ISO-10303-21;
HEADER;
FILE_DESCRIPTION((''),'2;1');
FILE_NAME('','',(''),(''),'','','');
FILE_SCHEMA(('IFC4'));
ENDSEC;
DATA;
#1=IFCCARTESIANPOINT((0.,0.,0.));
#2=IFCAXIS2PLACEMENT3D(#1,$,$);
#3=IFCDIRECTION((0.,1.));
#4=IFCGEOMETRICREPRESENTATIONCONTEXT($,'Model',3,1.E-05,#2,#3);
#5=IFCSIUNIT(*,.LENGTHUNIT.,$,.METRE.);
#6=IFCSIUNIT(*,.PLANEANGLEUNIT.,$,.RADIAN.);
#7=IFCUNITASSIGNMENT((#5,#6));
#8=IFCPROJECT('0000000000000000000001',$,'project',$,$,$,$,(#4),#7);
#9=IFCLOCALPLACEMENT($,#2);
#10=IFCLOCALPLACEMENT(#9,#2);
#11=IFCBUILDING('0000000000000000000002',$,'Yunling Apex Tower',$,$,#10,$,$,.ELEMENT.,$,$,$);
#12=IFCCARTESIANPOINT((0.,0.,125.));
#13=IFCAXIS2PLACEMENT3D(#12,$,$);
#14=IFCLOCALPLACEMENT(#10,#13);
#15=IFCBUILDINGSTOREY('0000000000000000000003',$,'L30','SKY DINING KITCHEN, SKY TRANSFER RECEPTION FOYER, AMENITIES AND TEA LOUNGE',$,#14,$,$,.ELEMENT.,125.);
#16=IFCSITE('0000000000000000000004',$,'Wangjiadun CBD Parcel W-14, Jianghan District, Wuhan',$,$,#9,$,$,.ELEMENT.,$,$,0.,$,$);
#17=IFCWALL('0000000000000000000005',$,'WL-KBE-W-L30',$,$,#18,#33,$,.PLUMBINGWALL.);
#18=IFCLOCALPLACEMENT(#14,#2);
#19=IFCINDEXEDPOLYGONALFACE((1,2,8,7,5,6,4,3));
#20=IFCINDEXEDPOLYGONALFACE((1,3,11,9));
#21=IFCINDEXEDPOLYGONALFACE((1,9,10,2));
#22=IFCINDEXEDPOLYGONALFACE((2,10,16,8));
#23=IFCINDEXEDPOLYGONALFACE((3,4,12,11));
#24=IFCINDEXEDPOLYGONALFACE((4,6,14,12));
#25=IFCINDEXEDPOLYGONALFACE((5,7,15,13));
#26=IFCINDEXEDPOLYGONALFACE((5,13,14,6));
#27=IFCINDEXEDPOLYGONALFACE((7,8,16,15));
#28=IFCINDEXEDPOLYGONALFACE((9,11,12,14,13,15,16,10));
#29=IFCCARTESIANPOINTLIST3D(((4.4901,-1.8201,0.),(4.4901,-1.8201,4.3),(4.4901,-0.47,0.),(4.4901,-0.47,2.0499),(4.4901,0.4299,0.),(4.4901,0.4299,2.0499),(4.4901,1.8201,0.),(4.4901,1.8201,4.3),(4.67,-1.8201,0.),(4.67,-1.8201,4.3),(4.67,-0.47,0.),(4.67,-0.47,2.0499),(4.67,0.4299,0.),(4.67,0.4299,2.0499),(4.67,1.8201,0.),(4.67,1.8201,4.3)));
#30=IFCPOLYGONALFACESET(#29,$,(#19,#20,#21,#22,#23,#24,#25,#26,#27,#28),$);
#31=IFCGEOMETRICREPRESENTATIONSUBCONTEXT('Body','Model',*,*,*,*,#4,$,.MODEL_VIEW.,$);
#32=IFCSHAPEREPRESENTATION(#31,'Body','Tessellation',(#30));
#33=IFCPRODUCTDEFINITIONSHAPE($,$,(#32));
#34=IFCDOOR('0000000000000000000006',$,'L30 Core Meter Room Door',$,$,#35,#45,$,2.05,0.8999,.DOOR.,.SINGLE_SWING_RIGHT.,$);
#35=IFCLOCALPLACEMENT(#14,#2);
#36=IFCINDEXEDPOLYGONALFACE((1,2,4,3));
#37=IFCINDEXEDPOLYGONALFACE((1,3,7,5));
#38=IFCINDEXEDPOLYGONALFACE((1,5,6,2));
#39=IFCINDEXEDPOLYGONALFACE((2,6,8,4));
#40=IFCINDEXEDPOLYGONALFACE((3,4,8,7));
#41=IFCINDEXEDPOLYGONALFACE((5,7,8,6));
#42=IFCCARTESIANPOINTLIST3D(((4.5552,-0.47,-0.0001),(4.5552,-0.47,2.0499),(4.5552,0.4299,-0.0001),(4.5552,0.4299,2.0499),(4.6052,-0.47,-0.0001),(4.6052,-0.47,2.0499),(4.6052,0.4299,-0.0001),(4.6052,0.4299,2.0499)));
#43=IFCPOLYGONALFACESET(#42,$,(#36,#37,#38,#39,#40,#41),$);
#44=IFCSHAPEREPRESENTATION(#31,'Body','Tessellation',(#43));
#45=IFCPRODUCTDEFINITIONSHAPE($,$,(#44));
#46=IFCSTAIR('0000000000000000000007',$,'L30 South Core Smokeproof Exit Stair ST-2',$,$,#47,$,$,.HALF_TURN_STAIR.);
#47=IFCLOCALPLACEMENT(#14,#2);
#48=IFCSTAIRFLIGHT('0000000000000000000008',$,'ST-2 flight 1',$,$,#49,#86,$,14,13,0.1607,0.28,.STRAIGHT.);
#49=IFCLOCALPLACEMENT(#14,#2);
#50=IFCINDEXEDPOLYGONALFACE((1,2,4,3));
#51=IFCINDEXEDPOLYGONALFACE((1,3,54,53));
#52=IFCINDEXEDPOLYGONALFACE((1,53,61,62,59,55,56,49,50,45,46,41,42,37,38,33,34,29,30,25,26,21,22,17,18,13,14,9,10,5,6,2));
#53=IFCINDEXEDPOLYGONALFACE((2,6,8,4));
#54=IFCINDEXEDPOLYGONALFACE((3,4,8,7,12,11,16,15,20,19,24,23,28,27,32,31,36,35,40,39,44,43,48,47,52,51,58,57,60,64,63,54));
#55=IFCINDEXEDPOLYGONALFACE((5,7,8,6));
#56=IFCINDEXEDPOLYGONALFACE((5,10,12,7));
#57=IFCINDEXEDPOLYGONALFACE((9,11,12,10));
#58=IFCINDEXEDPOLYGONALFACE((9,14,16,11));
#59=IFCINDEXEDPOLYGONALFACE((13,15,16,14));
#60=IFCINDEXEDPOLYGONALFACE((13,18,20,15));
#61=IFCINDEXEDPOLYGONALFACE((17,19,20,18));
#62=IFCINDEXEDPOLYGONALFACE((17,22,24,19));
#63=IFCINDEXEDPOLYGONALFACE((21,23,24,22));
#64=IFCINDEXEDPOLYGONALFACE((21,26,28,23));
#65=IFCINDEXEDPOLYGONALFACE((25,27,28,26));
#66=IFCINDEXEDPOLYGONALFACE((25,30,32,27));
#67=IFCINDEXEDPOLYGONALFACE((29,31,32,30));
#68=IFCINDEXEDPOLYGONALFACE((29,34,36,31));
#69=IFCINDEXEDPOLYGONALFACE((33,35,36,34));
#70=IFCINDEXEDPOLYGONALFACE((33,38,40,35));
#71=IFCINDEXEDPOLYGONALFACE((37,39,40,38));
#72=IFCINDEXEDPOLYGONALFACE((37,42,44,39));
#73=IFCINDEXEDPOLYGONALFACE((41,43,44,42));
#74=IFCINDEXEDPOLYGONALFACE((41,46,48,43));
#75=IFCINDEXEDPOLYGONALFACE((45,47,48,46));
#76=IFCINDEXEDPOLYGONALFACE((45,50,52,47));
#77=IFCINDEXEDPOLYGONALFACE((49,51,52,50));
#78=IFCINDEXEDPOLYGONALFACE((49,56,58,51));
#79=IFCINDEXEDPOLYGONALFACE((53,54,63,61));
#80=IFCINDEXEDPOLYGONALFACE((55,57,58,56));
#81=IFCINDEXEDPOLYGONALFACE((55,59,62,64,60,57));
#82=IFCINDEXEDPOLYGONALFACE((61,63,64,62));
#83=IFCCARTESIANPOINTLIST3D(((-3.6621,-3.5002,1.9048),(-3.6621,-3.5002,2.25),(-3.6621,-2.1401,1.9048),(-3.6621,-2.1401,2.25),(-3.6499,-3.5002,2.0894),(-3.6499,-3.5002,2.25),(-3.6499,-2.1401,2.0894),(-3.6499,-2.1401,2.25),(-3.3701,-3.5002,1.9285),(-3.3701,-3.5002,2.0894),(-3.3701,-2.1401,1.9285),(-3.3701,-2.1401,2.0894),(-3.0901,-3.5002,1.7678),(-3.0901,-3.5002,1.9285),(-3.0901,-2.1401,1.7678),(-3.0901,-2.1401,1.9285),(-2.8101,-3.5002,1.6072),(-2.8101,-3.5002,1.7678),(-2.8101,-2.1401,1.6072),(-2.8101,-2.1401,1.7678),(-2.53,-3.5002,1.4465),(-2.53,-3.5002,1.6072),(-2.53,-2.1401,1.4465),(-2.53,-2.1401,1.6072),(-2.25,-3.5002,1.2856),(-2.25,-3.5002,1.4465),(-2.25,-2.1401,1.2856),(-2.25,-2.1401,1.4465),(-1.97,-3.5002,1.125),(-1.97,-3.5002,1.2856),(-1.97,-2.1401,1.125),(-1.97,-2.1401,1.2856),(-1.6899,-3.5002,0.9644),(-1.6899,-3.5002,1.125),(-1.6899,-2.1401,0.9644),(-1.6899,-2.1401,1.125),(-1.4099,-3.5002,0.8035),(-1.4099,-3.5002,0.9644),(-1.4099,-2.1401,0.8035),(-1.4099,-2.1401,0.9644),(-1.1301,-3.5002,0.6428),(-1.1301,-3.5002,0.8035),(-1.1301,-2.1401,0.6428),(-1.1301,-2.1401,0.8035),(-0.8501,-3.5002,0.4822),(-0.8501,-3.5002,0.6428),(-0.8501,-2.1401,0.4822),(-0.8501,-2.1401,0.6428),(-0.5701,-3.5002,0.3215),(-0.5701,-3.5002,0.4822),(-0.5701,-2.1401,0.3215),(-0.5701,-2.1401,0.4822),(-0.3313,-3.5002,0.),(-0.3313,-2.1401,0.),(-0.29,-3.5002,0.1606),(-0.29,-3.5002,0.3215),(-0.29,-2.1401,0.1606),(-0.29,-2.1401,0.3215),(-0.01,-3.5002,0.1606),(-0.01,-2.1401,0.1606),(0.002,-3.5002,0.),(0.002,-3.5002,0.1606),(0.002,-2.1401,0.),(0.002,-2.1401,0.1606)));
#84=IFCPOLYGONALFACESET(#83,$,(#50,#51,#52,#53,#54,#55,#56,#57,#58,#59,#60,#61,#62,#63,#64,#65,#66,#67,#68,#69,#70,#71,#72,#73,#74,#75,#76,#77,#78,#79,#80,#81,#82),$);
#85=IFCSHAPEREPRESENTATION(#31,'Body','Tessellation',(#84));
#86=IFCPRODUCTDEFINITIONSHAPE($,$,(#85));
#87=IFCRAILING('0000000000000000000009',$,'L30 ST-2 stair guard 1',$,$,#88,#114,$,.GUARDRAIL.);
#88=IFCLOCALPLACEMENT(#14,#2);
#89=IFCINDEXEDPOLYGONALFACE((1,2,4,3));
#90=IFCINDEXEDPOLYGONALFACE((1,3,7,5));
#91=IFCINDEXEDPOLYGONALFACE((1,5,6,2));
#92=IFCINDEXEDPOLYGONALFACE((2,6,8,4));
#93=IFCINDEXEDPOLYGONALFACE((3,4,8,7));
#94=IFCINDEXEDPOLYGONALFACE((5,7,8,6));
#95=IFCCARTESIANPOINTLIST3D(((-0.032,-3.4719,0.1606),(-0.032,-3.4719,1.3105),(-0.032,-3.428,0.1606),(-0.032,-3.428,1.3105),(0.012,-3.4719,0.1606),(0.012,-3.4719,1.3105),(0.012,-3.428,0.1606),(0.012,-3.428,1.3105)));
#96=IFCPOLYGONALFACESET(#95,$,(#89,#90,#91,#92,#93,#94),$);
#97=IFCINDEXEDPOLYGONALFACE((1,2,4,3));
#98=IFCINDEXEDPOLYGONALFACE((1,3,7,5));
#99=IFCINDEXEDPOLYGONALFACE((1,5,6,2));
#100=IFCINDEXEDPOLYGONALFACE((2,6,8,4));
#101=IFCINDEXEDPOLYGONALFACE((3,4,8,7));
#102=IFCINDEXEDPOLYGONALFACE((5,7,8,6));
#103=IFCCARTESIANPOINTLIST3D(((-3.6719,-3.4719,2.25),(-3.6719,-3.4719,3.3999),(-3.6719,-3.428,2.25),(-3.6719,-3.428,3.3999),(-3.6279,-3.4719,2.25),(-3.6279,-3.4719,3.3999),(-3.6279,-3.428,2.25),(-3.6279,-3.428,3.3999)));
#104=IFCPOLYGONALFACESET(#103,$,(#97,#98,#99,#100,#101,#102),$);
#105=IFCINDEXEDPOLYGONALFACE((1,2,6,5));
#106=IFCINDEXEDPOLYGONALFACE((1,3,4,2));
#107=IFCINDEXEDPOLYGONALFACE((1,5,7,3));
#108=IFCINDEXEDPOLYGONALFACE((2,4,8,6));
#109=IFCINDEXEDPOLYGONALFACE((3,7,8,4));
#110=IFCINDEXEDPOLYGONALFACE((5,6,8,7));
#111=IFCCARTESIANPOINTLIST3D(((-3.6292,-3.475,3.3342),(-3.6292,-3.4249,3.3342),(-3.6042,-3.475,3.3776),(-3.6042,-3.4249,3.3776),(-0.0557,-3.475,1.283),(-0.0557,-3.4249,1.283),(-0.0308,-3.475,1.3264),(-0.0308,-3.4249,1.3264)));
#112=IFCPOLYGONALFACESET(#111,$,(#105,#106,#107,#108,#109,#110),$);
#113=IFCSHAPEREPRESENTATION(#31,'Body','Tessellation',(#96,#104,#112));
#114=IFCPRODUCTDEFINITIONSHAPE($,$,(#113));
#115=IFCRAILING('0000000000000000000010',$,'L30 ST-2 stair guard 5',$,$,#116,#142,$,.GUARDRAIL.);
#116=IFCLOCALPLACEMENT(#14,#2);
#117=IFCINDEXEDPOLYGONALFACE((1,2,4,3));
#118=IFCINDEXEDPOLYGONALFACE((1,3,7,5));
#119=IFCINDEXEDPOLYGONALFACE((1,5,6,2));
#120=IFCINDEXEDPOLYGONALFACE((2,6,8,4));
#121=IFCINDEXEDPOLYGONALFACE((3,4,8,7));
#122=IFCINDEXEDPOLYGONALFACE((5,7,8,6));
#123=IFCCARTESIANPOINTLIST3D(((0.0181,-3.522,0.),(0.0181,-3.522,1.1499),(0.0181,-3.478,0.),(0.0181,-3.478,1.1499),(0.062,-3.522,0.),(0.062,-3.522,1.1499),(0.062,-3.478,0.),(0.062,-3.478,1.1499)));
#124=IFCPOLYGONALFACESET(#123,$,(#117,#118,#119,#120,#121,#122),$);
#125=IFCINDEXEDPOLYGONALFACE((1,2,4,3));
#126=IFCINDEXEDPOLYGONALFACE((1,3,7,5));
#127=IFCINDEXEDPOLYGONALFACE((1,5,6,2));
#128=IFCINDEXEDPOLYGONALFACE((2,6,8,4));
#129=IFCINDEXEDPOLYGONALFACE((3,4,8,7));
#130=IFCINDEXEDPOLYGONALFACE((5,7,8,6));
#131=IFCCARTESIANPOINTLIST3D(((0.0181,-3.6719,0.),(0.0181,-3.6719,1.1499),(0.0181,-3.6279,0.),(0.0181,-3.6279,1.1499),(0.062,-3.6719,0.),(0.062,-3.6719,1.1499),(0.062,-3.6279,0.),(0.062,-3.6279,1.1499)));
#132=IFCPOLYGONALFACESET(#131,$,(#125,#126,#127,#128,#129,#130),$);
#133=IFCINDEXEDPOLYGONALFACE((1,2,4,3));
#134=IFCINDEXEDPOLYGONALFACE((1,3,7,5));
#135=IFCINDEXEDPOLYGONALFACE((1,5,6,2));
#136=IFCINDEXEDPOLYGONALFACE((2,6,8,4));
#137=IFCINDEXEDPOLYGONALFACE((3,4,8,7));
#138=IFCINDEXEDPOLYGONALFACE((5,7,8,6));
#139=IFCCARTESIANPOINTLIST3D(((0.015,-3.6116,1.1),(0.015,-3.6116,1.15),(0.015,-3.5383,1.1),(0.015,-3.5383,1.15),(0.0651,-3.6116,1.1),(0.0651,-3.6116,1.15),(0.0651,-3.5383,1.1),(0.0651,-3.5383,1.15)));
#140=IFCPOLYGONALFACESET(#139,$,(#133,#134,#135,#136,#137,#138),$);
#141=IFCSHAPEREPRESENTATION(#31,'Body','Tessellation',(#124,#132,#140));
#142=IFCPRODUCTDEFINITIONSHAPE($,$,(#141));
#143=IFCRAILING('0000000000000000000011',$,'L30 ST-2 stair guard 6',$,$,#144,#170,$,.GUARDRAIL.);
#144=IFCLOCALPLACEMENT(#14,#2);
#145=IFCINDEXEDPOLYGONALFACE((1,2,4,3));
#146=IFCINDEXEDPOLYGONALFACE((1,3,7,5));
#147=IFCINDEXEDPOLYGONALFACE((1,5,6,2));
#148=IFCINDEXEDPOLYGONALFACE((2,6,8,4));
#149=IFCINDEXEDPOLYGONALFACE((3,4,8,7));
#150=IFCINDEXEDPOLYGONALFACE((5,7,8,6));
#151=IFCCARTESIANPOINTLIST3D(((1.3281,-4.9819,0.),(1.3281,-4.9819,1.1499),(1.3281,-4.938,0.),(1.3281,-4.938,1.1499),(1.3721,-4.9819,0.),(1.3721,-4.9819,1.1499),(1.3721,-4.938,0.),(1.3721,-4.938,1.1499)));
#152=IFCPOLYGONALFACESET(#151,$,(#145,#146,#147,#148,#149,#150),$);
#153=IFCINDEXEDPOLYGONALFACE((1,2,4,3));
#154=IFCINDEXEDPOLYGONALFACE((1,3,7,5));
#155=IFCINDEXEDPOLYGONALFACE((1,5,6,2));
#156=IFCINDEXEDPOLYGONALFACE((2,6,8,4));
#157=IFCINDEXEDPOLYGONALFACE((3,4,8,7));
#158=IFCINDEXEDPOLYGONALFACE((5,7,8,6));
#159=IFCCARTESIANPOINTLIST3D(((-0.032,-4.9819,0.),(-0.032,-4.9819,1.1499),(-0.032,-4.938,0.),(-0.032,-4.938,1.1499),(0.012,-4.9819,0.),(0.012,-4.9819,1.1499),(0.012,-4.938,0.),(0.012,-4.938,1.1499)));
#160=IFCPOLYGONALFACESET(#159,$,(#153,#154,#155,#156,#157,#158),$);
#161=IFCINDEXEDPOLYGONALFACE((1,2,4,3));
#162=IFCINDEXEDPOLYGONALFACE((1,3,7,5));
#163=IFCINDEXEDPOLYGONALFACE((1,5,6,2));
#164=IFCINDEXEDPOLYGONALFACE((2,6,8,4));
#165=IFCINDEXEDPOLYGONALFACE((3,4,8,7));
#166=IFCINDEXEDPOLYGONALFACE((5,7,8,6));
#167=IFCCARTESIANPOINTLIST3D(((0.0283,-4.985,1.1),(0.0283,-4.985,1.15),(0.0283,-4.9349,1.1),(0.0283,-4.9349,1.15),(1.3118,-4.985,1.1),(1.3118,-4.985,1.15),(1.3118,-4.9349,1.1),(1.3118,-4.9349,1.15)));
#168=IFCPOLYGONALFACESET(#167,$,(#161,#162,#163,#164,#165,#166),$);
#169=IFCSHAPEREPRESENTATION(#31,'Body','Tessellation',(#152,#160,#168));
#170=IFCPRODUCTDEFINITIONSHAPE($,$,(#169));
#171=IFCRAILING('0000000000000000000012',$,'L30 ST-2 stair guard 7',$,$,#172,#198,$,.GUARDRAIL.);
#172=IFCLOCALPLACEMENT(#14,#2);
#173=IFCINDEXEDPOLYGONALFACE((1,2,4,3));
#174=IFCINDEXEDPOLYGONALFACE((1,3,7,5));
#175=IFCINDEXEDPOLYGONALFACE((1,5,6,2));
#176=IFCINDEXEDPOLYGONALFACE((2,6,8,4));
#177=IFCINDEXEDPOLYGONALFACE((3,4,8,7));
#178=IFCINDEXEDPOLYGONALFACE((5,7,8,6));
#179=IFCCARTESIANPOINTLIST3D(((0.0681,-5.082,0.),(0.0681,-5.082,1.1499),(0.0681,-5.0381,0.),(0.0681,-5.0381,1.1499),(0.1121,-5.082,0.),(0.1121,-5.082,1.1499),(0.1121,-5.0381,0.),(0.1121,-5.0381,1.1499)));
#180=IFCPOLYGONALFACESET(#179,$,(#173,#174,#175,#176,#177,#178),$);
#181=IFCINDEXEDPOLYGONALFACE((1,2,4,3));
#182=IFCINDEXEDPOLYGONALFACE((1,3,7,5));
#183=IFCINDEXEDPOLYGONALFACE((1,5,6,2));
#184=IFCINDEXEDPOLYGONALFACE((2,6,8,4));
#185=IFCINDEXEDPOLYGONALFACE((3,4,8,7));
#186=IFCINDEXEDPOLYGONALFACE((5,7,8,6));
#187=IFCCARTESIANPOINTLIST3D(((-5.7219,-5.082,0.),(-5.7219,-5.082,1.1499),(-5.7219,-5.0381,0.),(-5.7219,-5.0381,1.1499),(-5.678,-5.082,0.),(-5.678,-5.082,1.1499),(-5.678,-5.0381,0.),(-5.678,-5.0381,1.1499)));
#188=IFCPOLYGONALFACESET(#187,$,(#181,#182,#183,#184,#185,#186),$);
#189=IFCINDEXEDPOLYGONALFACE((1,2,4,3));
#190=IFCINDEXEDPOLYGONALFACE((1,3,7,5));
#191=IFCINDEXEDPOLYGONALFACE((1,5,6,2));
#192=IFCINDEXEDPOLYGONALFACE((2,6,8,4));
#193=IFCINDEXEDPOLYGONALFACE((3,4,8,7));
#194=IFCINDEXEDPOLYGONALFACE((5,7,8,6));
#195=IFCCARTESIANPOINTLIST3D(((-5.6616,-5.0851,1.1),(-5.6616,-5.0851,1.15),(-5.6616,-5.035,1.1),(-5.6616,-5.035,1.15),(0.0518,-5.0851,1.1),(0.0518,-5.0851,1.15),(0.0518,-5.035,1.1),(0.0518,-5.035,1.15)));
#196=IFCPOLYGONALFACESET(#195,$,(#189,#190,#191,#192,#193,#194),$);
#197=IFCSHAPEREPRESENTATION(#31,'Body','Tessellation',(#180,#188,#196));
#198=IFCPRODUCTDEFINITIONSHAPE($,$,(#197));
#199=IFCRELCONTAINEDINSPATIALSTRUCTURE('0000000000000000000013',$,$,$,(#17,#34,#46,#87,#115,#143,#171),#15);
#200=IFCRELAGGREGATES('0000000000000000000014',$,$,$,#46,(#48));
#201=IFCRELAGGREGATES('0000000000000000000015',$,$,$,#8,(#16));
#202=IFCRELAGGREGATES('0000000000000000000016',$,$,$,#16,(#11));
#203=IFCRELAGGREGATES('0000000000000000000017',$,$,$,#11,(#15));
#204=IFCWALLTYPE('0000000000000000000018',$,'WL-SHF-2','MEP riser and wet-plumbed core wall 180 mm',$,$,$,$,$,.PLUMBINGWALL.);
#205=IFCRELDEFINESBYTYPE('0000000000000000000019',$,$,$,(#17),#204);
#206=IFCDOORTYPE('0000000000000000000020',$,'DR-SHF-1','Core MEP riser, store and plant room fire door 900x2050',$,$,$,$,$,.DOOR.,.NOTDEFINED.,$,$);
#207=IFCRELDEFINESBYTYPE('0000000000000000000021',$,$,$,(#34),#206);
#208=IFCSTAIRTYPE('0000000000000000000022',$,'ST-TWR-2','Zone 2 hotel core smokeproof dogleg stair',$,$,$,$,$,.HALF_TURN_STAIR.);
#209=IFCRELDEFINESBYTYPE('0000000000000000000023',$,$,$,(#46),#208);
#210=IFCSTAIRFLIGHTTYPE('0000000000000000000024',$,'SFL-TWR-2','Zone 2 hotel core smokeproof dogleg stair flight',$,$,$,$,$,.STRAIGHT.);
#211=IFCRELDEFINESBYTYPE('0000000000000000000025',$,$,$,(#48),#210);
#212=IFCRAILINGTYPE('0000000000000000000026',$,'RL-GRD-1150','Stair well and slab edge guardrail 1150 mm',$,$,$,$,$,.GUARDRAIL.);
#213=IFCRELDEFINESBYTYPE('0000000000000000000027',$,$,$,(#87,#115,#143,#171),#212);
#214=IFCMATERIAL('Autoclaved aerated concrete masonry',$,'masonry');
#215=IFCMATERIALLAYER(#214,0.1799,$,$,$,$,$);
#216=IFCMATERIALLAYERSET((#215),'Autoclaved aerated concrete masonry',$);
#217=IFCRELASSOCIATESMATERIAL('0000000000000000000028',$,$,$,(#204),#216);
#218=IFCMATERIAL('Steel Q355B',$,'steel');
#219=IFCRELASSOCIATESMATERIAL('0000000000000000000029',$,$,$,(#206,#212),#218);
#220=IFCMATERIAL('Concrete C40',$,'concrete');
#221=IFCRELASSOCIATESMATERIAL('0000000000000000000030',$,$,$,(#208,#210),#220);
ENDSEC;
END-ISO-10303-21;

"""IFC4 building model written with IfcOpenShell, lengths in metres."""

from ifc_helpers import new_model, si_unit, direction, frame, frame_2d, origin, origin_2d, place, context, subcontext, project, spatial, polyline, rectangle, outline, extrude, material, layer, layer_set, type_object, element, fill, aggregate, save


model = new_model("IFC4")

# Units and contexts
model_context = context("Model", 3, precision=1e-05, world=origin(), true_north=direction((0.0, 1.0)))
body_context = subcontext(model_context, "Body", "Model", "MODEL_VIEW")
ifc_project = project(units=[si_unit("LENGTHUNIT", "METRE"), si_unit("PLANEANGLEUNIT", "RADIAN")], contexts=[model_context])

# Site, building, storey
site_placement = place(None, origin())
site = spatial("IfcSite", under=ifc_project, at=site_placement, Name="Wangjiadun CBD Parcel W-14, Jianghan District, Wuhan", CompositionType="ELEMENT", RefElevation=0.0)
building_placement = place(site_placement, origin())
building = spatial("IfcBuilding", under=site, at=building_placement, Name="Yunling Apex Tower", CompositionType="ELEMENT")
storey_placement = place(building_placement, frame((0.0, 0.0, 125.0)))
storey = spatial("IfcBuildingStorey", under=building, at=storey_placement, Name="L30", Description="SKY DINING KITCHEN, SKY TRANSFER RECEPTION FOYER, AMENITIES AND TEA LOUNGE", CompositionType="ELEMENT", Elevation=125.0)

# Shared definitions
ifc_material_1 = material(Name="Concrete C40", Category="concrete")

# Shared definitions
ifc_material_2 = material(Name="Autoclaved aerated concrete masonry", Category="masonry")
ifc_material_3 = material(Name="Steel Q355B", Category="steel")

# Shared definitions
ifc_layer_1 = layer(ifc_material_2, 0.1799)
ifc_layer_set_1 = layer_set([ifc_layer_1], Name="Autoclaved aerated concrete masonry")
wall_type_1 = type_object("IfcWallType", Name="WL-SHF-2", Description="MEP riser and wet-plumbed core wall 180 mm", PredefinedType="PLUMBINGWALL", material=ifc_layer_set_1)

# Wall, opening, door
wall_1_placement = place(storey_placement, frame((4.5801, -1.8201, 0.0), z_axis=(0.0, 0.0, 1.0), x_axis=(0.0, 1.0, 0.0)))
wall_1 = element("IfcWall", 1, at=wall_1_placement, inside=storey, type_object=wall_type_1, Name="WL-KBE-W-L30", PredefinedType="PLUMBINGWALL", context=body_context, shape_type="SweptSolid", body=[
    extrude(rectangle(XDim=3.6401, YDim=0.1799, at=frame_2d((1.8201, 0.0))), origin(), (0.0, 0.0, 1.0), 4.3),
])
opening_1_placement = place(wall_1_placement, frame((1.3501, 0.0, 0.0)))
opening_1 = element("IfcOpeningElement", 2, at=opening_1_placement, cuts=wall_1, PredefinedType="OPENING", context=body_context, shape_type="SweptSolid", body=[
    extrude(rectangle(XDim=0.8999, YDim=2.05, at=frame_2d((0.45, 1.0249))), frame((0.0, 0.1001, 0.0), z_axis=(0.0, -1.0, 0.0), x_axis=(1.0, 0.0, 0.0)), (0.0, 0.0, 1.0), 0.2),
])
door_type_1 = type_object("IfcDoorType", Name="DR-SHF-1", Description="Core MEP riser, store and plant room fire door 900x2050", OperationType="NOTDEFINED", PredefinedType="DOOR", material=ifc_material_3)
door_1_placement = place(opening_1_placement, origin())
door_1 = element("IfcDoor", 3, at=door_1_placement, inside=storey, type_object=door_type_1, Name="L30 Core Meter Room Door", OperationType="SINGLE_SWING_RIGHT", OverallHeight=2.05, OverallWidth=0.8999, PredefinedType="DOOR", context=body_context, shape_type="SweptSolid", body=[
    extrude(rectangle(XDim=0.8999, YDim=2.05, at=frame_2d((0.45, 1.0249))), frame((0.0, 0.0249, 0.0), z_axis=(0.0, -1.0, 0.0), x_axis=(1.0, 0.0, 0.0)), (0.0, 0.0, 1.0), 0.05),
])
fill(opening_1, door_1)

# Stair, stair flight
stair_type = type_object("IfcStairType", Name="ST-TWR-2", Description="Zone 2 hotel core smokeproof dogleg stair", PredefinedType="HALF_TURN_STAIR", material=ifc_material_1)
stair_placement = place(storey_placement, origin())
stair = element("IfcStair", 4, at=stair_placement, inside=storey, type_object=stair_type, Name="L30 South Core Smokeproof Exit Stair ST-2", PredefinedType="HALF_TURN_STAIR")
stair_flight_type = type_object("IfcStairFlightType", Name="SFL-TWR-2", Description="Zone 2 hotel core smokeproof dogleg stair flight", PredefinedType="STRAIGHT", material=ifc_material_1)
stair_flight_placement = place(storey_placement, frame((-0.01, -2.8201, 0.0), z_axis=(0.0, 0.0, 1.0), x_axis=(-1.0, 0.0, 0.0)))
stair_flight = element("IfcStairFlight", 5, at=stair_flight_placement, type_object=stair_flight_type, Name="ST-2 flight 1", NumberOfRisers=14, NumberOfTreads=13, PredefinedType="STRAIGHT", RiserHeight=0.1607, TreadLength=0.28, context=body_context, shape_type="SweptSolid", body=[
    extrude(outline(polyline([(-0.012, 0.0), (-0.012, 0.1606), (0.0, 0.1606), (0.28, 0.1606), (0.28, 0.3215), (0.5601, 0.3215), (0.5601, 0.4822), (0.8401, 0.4822), (0.8401, 0.6428), (1.1201, 0.6428), (1.1201, 0.8035), (1.3999, 0.8035), (1.3999, 0.9644), (1.6799, 0.9644), (1.6799, 1.125), (1.96, 1.125), (1.96, 1.2856), (2.24, 1.2856), (2.24, 1.4465), (2.52, 1.4465), (2.52, 1.6072), (2.8, 1.6072), (2.8, 1.7678), (3.0801, 1.7678), (3.0801, 1.9285), (3.3601, 1.9285), (3.3601, 2.0894), (3.6399, 2.0894), (3.6399, 2.25), (3.6521, 2.25), (3.6521, 1.9048), (0.3213, 0.0), (-0.012, 0.0)])), frame((0.0, 0.6802, 0.0), z_axis=(0.0, -1.0, 0.0), x_axis=(1.0, 0.0, 0.0)), (0.0, 0.0, 1.0), 1.3601),
])
aggregate(stair, [stair_flight])

# Railings
railing_type_1 = type_object("IfcRailingType", Name="RL-GRD-1150", Description="Stair well and slab edge guardrail 1150 mm", PredefinedType="GUARDRAIL", material=ifc_material_3)
railing_1_placement = place(storey_placement, frame((-0.01, -3.45, 0.1606)))
element("IfcRailing", 6, at=railing_1_placement, inside=storey, type_object=railing_type_1, Name="L30 ST-2 stair guard 1", PredefinedType="GUARDRAIL", context=body_context, shape_type="SweptSolid", body=[
    extrude(rectangle(XDim=0.0439, YDim=0.0439, at=origin_2d()), origin(), (0.0, 0.0, 1.0), 1.1499),
    extrude(rectangle(XDim=0.0439, YDim=0.0439, at=origin_2d()), frame((-3.6399, 0.0, 2.0894)), (0.0, 0.0, 1.0), 1.1499),
    extrude(rectangle(XDim=0.05, YDim=0.05, at=origin_2d()), frame((-0.0332, 0.0, 1.144), z_axis=(-0.867275, 0.0, 0.497829), x_axis=(0.0, -1.0, 0.0)), (0.0, 0.0, 1.0), 4.1204),
])
railing_2_placement = place(storey_placement, frame((0.04, -3.5, 0.0)))
element("IfcRailing", 7, at=railing_2_placement, inside=storey, type_object=railing_type_1, Name="L30 ST-2 stair guard 5", PredefinedType="GUARDRAIL", context=body_context, shape_type="SweptSolid", body=[
    extrude(rectangle(XDim=0.0439, YDim=0.0439, at=origin_2d()), origin(), (0.0, 0.0, 1.0), 1.1499),
    extrude(rectangle(XDim=0.0439, YDim=0.0439, at=origin_2d()), frame((0.0, -0.1499, 0.0)), (0.0, 0.0, 1.0), 1.1499),
    extrude(rectangle(XDim=0.05, YDim=0.05, at=origin_2d()), frame((0.0, -0.0383, 1.125), z_axis=(0.0, -1.0, 0.0), x_axis=(1.0, 0.0, 0.0)), (0.0, 0.0, 1.0), 0.0732),
])
railing_3_placement = place(storey_placement, frame((1.3501, -4.96, 0.0)))
element("IfcRailing", 8, at=railing_3_placement, inside=storey, type_object=railing_type_1, Name="L30 ST-2 stair guard 6", PredefinedType="GUARDRAIL", context=body_context, shape_type="SweptSolid", body=[
    extrude(rectangle(XDim=0.0439, YDim=0.0439, at=origin_2d()), origin(), (0.0, 0.0, 1.0), 1.1499),
    extrude(rectangle(XDim=0.0439, YDim=0.0439, at=origin_2d()), frame((-1.3601, 0.0, 0.0)), (0.0, 0.0, 1.0), 1.1499),
    extrude(rectangle(XDim=0.05, YDim=0.05, at=origin_2d()), frame((-0.0383, 0.0, 1.125), z_axis=(-1.0, 0.0, 0.0), x_axis=(0.0, -1.0, 0.0)), (0.0, 0.0, 1.0), 1.2834),
])
railing_4_placement = place(storey_placement, frame((0.0901, -5.0601, 0.0)))
element("IfcRailing", 9, at=railing_4_placement, inside=storey, type_object=railing_type_1, Name="L30 ST-2 stair guard 7", PredefinedType="GUARDRAIL", context=body_context, shape_type="SweptSolid", body=[
    extrude(rectangle(XDim=0.0439, YDim=0.0439, at=origin_2d()), origin(), (0.0, 0.0, 1.0), 1.1499),
    extrude(rectangle(XDim=0.0439, YDim=0.0439, at=origin_2d()), frame((-5.79, 0.0, 0.0)), (0.0, 0.0, 1.0), 1.1499),
    extrude(rectangle(XDim=0.05, YDim=0.05, at=origin_2d()), frame((-0.0383, 0.0, 1.125), z_axis=(-1.0, 0.0, 0.0), x_axis=(0.0, -1.0, 0.0)), (0.0, 0.0, 1.0), 5.7134),
])

save(model, "model.ifc")
